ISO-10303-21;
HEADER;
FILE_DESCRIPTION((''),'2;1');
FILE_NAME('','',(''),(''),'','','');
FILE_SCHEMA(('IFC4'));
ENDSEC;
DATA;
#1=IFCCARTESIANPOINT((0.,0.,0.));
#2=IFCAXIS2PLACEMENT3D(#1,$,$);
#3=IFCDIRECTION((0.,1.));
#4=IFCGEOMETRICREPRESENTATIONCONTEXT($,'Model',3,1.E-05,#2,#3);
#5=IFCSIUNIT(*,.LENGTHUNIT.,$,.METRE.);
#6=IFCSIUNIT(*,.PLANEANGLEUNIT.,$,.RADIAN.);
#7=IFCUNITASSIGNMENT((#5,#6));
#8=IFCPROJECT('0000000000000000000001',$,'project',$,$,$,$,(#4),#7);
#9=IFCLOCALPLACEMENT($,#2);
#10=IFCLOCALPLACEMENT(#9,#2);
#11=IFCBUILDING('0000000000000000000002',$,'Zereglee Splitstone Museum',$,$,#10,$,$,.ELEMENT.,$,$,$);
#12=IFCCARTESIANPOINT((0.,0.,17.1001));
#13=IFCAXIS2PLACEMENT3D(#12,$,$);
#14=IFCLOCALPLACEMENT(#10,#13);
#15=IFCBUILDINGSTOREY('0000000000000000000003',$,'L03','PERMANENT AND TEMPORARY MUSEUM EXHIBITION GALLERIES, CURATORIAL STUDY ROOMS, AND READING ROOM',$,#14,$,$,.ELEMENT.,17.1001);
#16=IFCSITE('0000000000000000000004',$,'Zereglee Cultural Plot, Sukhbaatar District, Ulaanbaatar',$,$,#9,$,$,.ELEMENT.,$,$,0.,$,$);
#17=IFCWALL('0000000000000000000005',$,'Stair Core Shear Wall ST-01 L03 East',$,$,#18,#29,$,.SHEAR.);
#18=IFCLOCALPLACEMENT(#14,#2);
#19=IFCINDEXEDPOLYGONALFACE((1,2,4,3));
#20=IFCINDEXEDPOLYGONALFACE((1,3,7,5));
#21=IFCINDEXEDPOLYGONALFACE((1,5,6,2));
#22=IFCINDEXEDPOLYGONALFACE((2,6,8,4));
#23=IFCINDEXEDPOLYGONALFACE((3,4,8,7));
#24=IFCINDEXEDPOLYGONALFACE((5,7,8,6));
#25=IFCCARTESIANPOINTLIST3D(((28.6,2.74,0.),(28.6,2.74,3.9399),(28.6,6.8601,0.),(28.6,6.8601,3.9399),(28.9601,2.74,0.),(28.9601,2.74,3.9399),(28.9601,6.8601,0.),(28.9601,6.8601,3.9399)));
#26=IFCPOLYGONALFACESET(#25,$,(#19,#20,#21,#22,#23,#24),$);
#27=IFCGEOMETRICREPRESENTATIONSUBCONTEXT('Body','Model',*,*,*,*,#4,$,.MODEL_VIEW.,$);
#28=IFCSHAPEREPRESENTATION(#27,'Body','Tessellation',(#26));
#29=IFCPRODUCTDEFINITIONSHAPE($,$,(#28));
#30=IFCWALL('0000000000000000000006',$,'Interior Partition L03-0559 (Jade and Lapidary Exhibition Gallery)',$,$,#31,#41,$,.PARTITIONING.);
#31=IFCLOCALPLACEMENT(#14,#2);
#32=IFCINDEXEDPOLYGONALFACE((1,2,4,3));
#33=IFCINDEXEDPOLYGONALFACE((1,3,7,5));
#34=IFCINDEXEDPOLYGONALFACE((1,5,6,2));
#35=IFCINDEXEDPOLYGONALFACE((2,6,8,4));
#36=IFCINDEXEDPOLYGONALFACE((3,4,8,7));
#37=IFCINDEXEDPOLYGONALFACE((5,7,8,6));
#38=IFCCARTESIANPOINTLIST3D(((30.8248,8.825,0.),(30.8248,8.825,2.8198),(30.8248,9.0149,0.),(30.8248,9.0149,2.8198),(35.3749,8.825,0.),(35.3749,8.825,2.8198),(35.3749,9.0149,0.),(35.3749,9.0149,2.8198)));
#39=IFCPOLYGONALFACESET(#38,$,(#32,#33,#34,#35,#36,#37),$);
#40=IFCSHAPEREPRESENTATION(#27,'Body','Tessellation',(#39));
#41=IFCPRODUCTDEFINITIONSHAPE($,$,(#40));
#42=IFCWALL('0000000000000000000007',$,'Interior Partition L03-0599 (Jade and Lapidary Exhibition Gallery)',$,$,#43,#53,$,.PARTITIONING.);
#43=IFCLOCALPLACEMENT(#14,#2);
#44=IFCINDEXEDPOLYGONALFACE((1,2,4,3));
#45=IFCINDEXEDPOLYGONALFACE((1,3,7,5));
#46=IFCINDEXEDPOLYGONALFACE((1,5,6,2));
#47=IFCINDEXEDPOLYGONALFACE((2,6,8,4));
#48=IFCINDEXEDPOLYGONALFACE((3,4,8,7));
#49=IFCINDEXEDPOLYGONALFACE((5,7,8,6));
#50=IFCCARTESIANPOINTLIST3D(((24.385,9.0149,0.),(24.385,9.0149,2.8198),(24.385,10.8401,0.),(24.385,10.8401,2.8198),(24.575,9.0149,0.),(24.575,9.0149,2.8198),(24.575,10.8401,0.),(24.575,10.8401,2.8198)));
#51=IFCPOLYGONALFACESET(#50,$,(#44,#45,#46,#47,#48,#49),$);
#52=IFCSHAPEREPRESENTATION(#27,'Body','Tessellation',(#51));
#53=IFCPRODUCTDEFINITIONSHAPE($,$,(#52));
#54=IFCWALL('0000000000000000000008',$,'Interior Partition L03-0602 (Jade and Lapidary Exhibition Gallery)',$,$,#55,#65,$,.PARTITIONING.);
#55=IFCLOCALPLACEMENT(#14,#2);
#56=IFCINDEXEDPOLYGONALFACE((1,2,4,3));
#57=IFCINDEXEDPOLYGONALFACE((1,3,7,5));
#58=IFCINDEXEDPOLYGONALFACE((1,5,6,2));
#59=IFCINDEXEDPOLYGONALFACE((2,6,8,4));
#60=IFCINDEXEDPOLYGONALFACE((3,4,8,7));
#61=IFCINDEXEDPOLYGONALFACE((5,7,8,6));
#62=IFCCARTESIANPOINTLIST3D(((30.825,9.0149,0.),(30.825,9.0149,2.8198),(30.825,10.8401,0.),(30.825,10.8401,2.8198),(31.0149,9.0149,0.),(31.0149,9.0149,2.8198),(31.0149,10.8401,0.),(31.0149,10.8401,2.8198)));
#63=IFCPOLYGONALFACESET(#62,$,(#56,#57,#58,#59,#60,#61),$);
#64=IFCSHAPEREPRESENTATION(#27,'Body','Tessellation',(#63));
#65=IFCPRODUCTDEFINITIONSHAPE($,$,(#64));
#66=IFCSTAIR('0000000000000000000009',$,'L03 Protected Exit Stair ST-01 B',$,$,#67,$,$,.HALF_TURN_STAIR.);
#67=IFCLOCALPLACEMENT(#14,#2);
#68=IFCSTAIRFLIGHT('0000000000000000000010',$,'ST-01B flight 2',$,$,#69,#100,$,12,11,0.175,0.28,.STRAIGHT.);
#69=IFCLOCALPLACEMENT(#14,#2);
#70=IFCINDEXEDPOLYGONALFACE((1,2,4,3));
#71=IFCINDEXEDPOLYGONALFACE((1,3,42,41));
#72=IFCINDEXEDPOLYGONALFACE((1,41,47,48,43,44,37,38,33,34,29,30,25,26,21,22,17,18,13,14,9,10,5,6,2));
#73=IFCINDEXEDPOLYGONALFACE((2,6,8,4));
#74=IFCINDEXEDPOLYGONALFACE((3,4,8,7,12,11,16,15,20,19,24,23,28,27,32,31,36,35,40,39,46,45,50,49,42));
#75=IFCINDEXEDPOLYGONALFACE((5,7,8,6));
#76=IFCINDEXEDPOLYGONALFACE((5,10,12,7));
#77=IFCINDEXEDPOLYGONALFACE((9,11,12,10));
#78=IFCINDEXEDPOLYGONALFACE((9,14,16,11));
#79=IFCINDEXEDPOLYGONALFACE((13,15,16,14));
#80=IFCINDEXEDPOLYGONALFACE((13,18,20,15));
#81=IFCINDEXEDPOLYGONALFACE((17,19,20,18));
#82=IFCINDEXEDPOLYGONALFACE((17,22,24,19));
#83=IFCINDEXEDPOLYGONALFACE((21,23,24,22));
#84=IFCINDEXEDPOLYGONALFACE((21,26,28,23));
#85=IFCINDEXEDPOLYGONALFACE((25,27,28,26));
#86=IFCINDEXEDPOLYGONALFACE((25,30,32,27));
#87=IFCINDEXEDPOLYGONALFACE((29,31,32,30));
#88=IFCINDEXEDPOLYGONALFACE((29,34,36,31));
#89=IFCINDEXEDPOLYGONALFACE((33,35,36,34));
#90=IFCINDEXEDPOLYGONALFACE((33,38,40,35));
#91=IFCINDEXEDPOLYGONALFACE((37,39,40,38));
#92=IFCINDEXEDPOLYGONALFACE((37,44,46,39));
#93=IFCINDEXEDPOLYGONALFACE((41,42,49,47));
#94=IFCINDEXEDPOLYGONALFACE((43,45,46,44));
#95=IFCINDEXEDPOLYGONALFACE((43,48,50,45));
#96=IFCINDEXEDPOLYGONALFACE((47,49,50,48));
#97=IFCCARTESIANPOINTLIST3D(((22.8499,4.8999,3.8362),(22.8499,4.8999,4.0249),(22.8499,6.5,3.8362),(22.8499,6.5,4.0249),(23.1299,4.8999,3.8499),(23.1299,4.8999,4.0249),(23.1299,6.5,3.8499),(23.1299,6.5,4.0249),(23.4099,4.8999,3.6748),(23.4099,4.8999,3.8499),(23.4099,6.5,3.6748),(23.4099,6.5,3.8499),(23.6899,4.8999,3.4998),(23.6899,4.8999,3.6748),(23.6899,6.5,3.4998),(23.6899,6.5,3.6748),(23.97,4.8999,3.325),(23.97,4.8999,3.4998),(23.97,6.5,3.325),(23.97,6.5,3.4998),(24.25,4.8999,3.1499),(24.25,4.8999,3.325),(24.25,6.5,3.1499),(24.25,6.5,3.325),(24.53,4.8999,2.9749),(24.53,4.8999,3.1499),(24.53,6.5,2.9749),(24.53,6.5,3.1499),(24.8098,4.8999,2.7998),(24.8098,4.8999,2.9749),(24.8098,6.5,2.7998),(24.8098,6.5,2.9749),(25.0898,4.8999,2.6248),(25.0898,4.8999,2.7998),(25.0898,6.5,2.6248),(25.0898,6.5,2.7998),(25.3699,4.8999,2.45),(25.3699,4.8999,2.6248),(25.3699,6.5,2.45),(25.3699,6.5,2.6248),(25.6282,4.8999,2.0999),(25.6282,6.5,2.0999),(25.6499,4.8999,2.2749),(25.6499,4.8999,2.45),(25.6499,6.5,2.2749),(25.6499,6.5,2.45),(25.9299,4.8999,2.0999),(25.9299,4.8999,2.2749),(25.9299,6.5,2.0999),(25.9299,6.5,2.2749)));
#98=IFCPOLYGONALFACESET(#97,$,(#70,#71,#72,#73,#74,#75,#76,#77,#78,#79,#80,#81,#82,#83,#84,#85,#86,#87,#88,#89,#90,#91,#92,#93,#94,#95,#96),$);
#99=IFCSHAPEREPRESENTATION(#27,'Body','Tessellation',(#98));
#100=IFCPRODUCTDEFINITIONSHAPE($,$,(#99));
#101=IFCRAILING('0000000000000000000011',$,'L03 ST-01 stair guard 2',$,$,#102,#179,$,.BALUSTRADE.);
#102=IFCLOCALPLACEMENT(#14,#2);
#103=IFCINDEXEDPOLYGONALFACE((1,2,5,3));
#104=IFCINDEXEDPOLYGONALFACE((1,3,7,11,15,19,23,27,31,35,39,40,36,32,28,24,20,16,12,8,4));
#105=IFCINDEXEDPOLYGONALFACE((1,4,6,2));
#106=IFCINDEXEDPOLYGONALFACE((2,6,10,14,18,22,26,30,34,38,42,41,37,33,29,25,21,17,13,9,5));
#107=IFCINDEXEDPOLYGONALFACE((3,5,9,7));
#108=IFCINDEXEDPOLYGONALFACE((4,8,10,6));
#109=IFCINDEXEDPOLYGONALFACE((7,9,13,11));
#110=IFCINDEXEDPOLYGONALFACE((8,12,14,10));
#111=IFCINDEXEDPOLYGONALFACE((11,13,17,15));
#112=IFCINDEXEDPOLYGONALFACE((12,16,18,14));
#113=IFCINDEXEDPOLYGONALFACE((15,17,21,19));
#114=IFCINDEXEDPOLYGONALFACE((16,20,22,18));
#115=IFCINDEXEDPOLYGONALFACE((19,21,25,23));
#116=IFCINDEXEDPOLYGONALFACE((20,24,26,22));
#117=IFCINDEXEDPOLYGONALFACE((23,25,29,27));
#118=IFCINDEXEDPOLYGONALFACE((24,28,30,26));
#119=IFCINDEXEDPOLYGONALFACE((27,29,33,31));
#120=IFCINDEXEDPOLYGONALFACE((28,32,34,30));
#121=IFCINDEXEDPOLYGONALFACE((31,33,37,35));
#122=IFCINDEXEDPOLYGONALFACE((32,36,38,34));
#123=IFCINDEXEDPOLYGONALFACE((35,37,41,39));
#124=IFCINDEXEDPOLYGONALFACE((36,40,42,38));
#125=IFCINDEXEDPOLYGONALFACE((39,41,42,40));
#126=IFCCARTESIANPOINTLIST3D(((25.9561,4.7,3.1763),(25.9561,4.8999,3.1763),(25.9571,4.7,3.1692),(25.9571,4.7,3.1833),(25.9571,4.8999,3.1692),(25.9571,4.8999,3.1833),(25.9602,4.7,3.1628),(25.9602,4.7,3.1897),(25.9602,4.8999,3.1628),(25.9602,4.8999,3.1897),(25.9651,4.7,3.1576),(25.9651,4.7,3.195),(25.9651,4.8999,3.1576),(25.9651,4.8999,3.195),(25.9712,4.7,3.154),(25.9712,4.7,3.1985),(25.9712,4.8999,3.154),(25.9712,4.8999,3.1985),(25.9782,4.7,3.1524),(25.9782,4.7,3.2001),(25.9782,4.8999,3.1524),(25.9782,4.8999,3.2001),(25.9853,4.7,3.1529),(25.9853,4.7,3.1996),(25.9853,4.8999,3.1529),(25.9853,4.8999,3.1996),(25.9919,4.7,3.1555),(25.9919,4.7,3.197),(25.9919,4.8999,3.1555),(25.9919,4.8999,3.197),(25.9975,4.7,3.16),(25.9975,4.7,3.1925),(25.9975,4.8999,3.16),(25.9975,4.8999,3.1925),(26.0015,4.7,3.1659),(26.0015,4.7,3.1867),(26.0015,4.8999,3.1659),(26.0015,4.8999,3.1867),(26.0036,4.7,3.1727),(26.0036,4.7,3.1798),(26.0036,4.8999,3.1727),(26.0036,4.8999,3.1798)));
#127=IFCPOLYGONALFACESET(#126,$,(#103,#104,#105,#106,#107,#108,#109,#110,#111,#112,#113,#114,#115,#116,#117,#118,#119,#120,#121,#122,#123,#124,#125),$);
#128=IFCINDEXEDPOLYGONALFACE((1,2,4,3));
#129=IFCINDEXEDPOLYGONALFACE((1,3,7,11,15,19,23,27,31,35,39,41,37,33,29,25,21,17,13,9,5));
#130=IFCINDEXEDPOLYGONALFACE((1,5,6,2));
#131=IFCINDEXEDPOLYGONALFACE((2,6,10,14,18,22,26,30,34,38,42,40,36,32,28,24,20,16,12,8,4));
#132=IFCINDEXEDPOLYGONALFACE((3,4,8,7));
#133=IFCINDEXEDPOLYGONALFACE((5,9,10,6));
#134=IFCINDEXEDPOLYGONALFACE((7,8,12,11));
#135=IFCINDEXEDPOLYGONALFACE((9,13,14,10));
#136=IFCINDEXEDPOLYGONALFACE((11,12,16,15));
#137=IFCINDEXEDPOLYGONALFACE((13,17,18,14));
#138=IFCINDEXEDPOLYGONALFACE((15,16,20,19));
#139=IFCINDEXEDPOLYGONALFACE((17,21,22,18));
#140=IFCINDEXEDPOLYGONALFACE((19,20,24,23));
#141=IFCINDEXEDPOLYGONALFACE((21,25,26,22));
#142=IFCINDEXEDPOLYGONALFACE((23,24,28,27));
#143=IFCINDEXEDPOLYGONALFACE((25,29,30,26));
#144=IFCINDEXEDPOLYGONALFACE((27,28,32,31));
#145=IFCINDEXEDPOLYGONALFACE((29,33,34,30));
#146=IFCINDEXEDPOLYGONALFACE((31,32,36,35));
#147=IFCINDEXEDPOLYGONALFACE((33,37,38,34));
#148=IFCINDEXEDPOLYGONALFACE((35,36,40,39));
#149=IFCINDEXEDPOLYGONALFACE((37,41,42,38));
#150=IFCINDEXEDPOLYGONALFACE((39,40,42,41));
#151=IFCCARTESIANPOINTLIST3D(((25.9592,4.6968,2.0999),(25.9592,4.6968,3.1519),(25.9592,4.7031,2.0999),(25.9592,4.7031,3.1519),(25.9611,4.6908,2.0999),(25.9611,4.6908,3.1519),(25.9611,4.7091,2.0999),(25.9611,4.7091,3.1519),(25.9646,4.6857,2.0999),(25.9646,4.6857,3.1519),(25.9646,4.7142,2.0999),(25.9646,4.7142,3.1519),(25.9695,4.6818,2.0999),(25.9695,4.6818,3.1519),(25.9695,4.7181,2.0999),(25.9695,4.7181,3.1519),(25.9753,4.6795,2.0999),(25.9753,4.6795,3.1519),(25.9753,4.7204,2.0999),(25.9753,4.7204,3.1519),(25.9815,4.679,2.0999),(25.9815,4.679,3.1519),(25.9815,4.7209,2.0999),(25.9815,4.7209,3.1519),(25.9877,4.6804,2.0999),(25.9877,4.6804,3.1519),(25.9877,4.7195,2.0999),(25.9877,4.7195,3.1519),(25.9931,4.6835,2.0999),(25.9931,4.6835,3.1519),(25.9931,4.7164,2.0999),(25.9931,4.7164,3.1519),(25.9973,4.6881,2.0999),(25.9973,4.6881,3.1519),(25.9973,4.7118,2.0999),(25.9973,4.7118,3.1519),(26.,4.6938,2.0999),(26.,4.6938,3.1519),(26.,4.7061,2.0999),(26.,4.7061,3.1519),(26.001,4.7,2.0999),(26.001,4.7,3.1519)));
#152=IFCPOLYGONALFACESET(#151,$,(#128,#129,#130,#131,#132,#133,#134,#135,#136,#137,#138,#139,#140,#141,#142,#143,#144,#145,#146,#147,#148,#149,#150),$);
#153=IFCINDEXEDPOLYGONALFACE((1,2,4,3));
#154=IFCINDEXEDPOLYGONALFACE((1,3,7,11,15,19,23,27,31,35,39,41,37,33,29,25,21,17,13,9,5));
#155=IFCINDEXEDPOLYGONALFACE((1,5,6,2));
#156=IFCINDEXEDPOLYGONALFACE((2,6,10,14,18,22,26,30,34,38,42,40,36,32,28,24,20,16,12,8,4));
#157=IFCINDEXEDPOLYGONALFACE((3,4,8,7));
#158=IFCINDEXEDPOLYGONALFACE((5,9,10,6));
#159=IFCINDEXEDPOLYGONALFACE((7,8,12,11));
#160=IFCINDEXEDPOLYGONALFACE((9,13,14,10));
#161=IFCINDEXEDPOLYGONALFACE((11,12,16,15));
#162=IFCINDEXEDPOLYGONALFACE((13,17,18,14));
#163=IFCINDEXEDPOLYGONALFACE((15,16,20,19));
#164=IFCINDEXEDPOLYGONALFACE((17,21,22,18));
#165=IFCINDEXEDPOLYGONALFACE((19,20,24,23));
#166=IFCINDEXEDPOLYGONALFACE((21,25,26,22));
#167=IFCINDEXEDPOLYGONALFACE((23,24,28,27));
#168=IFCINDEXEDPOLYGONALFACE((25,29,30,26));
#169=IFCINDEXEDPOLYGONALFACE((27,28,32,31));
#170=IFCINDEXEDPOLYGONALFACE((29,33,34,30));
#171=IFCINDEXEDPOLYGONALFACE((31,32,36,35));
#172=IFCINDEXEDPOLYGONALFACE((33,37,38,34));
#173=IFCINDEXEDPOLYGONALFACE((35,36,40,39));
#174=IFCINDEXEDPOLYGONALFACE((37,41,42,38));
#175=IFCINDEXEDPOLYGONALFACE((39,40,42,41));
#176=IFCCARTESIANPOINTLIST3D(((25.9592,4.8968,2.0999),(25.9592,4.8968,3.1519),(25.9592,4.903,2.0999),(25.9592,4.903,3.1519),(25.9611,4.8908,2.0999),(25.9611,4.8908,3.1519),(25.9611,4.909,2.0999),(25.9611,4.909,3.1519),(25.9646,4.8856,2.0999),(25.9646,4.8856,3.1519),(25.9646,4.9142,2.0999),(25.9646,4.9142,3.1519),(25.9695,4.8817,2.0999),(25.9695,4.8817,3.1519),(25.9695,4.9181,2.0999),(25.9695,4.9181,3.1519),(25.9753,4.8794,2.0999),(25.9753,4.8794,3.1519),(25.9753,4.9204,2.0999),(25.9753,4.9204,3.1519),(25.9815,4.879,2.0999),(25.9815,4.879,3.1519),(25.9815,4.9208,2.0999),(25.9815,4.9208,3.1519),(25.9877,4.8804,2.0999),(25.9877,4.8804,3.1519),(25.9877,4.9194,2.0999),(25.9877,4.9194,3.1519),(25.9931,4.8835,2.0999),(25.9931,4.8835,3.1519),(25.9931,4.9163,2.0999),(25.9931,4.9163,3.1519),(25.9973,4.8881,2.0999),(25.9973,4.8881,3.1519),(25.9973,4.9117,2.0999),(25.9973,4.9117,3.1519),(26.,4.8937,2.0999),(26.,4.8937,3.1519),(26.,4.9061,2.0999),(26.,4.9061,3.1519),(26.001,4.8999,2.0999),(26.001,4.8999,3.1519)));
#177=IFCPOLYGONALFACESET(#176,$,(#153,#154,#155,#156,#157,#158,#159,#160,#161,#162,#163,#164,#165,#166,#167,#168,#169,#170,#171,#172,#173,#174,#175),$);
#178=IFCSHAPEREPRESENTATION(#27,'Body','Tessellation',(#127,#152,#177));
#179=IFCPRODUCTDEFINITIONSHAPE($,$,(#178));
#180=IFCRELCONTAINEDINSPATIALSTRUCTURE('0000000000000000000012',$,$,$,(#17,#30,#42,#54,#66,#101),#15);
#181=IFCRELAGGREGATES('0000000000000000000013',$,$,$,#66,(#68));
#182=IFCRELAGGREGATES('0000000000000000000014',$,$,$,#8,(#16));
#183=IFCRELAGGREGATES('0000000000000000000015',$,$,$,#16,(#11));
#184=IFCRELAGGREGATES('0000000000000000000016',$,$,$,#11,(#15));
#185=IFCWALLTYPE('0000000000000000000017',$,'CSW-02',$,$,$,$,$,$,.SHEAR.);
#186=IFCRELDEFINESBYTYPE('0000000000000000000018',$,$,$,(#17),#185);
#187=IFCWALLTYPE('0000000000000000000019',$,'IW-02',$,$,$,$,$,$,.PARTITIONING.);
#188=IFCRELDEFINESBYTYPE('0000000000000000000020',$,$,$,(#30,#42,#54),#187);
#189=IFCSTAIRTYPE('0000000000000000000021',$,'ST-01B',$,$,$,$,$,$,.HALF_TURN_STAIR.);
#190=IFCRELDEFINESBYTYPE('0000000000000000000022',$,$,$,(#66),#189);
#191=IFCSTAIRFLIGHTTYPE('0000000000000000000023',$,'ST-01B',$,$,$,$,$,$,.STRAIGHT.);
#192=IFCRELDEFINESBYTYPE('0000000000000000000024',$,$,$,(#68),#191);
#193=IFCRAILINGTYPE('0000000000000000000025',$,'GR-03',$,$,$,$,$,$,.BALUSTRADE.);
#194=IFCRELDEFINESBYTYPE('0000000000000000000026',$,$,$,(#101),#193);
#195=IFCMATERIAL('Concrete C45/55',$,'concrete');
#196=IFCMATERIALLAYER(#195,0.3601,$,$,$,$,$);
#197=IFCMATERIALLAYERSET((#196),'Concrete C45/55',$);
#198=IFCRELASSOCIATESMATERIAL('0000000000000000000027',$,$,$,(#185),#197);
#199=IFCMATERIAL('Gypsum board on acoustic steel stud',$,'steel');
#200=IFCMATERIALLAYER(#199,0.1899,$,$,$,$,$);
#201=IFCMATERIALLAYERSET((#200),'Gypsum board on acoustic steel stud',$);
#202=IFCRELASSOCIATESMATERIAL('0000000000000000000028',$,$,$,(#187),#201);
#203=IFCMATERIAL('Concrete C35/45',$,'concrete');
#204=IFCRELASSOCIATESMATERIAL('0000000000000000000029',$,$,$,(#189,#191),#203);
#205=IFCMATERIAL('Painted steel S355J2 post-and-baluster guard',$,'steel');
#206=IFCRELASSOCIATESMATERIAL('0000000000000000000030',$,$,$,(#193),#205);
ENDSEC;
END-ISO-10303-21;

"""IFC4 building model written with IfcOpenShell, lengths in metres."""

from ifc_helpers import new_model, si_unit, direction, frame, frame_2d, origin, origin_2d, place, context, subcontext, project, spatial, polyline, rectangle, circle, outline, extrude, material, layer, layer_set, type_object, element, aggregate, save


model = new_model("IFC4")

# Units and contexts
model_context = context("Model", 3, precision=1e-05, world=origin(), true_north=direction((0.0, 1.0)))
body_context = subcontext(model_context, "Body", "Model", "MODEL_VIEW")
ifc_project = project(units=[si_unit("LENGTHUNIT", "METRE"), si_unit("PLANEANGLEUNIT", "RADIAN")], contexts=[model_context])

# Site, building, storey
site_placement = place(None, origin())
site = spatial("IfcSite", under=ifc_project, at=site_placement, Name="Zereglee Cultural Plot, Sukhbaatar District, Ulaanbaatar", CompositionType="ELEMENT", RefElevation=0.0)
building_placement = place(site_placement, origin())
building = spatial("IfcBuilding", under=site, at=building_placement, Name="Zereglee Splitstone Museum", CompositionType="ELEMENT")
storey_placement = place(building_placement, frame((0.0, 0.0, 17.1001)))
storey = spatial("IfcBuildingStorey", under=building, at=storey_placement, Name="L03", Description="PERMANENT AND TEMPORARY MUSEUM EXHIBITION GALLERIES, CURATORIAL STUDY ROOMS, AND READING ROOM", CompositionType="ELEMENT", Elevation=17.1001)

# Walls
ifc_material_1 = material(Name="Concrete C45/55", Category="concrete")
ifc_layer_1 = layer(ifc_material_1, 0.3601)
ifc_layer_set_1 = layer_set([ifc_layer_1], Name="Concrete C45/55")
wall_type_1 = type_object("IfcWallType", Name="CSW-02", PredefinedType="SHEAR", material=ifc_layer_set_1)
wall_1_placement = place(storey_placement, frame((28.78, 2.74, 0.0), z_axis=(0.0, 0.0, 1.0), x_axis=(0.0, 1.0, 0.0)))
element("IfcWall", 1, at=wall_1_placement, inside=storey, type_object=wall_type_1, Name="Stair Core Shear Wall ST-01 L03 East", PredefinedType="SHEAR", context=body_context, shape_type="SweptSolid", body=[
    extrude(rectangle(XDim=4.1201, YDim=0.3601, at=frame_2d((2.0601, 0.0))), origin(), (0.0, 0.0, 1.0), 3.9399),
])
ifc_material_2 = material(Name="Gypsum board on acoustic steel stud", Category="steel")
ifc_layer_2 = layer(ifc_material_2, 0.1899)
ifc_layer_set_2 = layer_set([ifc_layer_2], Name="Gypsum board on acoustic steel stud")
wall_type_2 = type_object("IfcWallType", Name="IW-02", PredefinedType="PARTITIONING", material=ifc_layer_set_2)
wall_2_placement = place(storey_placement, frame((30.825, 8.9199, 0.0), z_axis=(0.0, 0.0, 1.0), x_axis=(1.0, 0.0, 0.0)))
element("IfcWall", 2, at=wall_2_placement, inside=storey, type_object=wall_type_2, Name="Interior Partition L03-0559 (Jade and Lapidary Exhibition Gallery)", PredefinedType="PARTITIONING", context=body_context, shape_type="SweptSolid", body=[
    extrude(rectangle(XDim=4.55, YDim=0.1899, at=frame_2d((2.2749, 0.0))), origin(), (0.0, 0.0, 1.0), 2.8198),
])
for number, where, z_axis, x_axis, name in (
    (3, (24.48, 9.0149, 0.0), (0.0, 0.0, 1.0), (0.0, 1.0, 0.0), "Interior Partition L03-0599 (Jade and Lapidary Exhibition Gallery)"),
    (4, (30.9199, 9.0149, 0.0), (0.0, 0.0, 1.0), (0.0, 1.0, 0.0), "Interior Partition L03-0602 (Jade and Lapidary Exhibition Gallery)"),
):
    element("IfcWall", number, at=place(storey_placement, frame(where, z_axis=z_axis, x_axis=x_axis)), inside=storey, type_object=wall_type_2, Name=name, PredefinedType="PARTITIONING", context=body_context, shape_type="SweptSolid", body=[
        extrude(rectangle(XDim=1.8252, YDim=0.1899, at=frame_2d((0.9126, 0.0))), origin(), (0.0, 0.0, 1.0), 2.8198),
    ])

# Stair, stair flight
ifc_material_3 = material(Name="Concrete C35/45", Category="concrete")
stair_type = type_object("IfcStairType", Name="ST-01B", PredefinedType="HALF_TURN_STAIR", material=ifc_material_3)
stair_placement = place(storey_placement, origin())
stair = element("IfcStair", 5, at=stair_placement, inside=storey, type_object=stair_type, Name="L03 Protected Exit Stair ST-01 B", PredefinedType="HALF_TURN_STAIR")
stair_flight_type = type_object("IfcStairFlightType", Name="ST-01B", PredefinedType="STRAIGHT", material=ifc_material_3)
stair_flight_placement = place(storey_placement, frame((25.9299, 5.7, 2.0999), z_axis=(0.0, 0.0, 1.0), x_axis=(-1.0, 0.0, 0.0)))
stair_flight = element("IfcStairFlight", 6, at=stair_flight_placement, type_object=stair_flight_type, Name="ST-01B flight 2", NumberOfRisers=12, NumberOfTreads=11, PredefinedType="STRAIGHT", RiserHeight=0.175, TreadLength=0.28, context=body_context, shape_type="SweptSolid", body=[
    extrude(outline(polyline([(0.0, 0.0), (0.0, 0.175), (0.28, 0.175), (0.28, 0.3501), (0.5601, 0.3501), (0.5601, 0.5249), (0.8401, 0.5249), (0.8401, 0.7), (1.1201, 0.7), (1.1201, 0.875), (1.3999, 0.875), (1.3999, 1.05), (1.6799, 1.05), (1.6799, 1.2251), (1.96, 1.2251), (1.96, 1.3999), (2.24, 1.3999), (2.24, 1.575), (2.52, 1.575), (2.52, 1.75), (2.8, 1.75), (2.8, 1.925), (3.0801, 1.925), (3.0801, 2.1001), (3.0801, 1.7363), (0.3018, 0.0), (0.0, 0.0)])), frame((0.0, 0.8, 0.0), z_axis=(0.0, -1.0, 0.0), x_axis=(1.0, 0.0, 0.0)), (0.0, 0.0, 1.0), 1.6001),
])
aggregate(stair, [stair_flight])

# Railing
ifc_material_4 = material(Name="Painted steel S355J2 post-and-baluster guard", Category="steel")
railing_type_1 = type_object("IfcRailingType", Name="GR-03", PredefinedType="BALUSTRADE", material=ifc_material_4)
railing_1_placement = place(storey_placement, frame((25.98, 4.7, 2.0999)))
element("IfcRailing", 7, at=railing_1_placement, inside=storey, type_object=railing_type_1, Name="L03 ST-01 stair guard 2", PredefinedType="BALUSTRADE", context=body_context, shape_type="SweptSolid", body=[
    extrude(circle(Radius=0.0239, at=origin_2d()), frame((0.0, 0.0, 1.0764), z_axis=(0.0, 1.0, 0.0), x_axis=(-1.0, 0.0, 0.0)), (0.0, 0.0, 1.0), 0.2),
    extrude(circle(Radius=0.021, at=origin_2d()), origin(), (0.0, 0.0, 1.0), 1.052),
    extrude(circle(Radius=0.021, at=origin_2d()), frame((0.0, 0.2, 0.0)), (0.0, 0.0, 1.0), 1.052),
])

save(model, "model.ifc")
